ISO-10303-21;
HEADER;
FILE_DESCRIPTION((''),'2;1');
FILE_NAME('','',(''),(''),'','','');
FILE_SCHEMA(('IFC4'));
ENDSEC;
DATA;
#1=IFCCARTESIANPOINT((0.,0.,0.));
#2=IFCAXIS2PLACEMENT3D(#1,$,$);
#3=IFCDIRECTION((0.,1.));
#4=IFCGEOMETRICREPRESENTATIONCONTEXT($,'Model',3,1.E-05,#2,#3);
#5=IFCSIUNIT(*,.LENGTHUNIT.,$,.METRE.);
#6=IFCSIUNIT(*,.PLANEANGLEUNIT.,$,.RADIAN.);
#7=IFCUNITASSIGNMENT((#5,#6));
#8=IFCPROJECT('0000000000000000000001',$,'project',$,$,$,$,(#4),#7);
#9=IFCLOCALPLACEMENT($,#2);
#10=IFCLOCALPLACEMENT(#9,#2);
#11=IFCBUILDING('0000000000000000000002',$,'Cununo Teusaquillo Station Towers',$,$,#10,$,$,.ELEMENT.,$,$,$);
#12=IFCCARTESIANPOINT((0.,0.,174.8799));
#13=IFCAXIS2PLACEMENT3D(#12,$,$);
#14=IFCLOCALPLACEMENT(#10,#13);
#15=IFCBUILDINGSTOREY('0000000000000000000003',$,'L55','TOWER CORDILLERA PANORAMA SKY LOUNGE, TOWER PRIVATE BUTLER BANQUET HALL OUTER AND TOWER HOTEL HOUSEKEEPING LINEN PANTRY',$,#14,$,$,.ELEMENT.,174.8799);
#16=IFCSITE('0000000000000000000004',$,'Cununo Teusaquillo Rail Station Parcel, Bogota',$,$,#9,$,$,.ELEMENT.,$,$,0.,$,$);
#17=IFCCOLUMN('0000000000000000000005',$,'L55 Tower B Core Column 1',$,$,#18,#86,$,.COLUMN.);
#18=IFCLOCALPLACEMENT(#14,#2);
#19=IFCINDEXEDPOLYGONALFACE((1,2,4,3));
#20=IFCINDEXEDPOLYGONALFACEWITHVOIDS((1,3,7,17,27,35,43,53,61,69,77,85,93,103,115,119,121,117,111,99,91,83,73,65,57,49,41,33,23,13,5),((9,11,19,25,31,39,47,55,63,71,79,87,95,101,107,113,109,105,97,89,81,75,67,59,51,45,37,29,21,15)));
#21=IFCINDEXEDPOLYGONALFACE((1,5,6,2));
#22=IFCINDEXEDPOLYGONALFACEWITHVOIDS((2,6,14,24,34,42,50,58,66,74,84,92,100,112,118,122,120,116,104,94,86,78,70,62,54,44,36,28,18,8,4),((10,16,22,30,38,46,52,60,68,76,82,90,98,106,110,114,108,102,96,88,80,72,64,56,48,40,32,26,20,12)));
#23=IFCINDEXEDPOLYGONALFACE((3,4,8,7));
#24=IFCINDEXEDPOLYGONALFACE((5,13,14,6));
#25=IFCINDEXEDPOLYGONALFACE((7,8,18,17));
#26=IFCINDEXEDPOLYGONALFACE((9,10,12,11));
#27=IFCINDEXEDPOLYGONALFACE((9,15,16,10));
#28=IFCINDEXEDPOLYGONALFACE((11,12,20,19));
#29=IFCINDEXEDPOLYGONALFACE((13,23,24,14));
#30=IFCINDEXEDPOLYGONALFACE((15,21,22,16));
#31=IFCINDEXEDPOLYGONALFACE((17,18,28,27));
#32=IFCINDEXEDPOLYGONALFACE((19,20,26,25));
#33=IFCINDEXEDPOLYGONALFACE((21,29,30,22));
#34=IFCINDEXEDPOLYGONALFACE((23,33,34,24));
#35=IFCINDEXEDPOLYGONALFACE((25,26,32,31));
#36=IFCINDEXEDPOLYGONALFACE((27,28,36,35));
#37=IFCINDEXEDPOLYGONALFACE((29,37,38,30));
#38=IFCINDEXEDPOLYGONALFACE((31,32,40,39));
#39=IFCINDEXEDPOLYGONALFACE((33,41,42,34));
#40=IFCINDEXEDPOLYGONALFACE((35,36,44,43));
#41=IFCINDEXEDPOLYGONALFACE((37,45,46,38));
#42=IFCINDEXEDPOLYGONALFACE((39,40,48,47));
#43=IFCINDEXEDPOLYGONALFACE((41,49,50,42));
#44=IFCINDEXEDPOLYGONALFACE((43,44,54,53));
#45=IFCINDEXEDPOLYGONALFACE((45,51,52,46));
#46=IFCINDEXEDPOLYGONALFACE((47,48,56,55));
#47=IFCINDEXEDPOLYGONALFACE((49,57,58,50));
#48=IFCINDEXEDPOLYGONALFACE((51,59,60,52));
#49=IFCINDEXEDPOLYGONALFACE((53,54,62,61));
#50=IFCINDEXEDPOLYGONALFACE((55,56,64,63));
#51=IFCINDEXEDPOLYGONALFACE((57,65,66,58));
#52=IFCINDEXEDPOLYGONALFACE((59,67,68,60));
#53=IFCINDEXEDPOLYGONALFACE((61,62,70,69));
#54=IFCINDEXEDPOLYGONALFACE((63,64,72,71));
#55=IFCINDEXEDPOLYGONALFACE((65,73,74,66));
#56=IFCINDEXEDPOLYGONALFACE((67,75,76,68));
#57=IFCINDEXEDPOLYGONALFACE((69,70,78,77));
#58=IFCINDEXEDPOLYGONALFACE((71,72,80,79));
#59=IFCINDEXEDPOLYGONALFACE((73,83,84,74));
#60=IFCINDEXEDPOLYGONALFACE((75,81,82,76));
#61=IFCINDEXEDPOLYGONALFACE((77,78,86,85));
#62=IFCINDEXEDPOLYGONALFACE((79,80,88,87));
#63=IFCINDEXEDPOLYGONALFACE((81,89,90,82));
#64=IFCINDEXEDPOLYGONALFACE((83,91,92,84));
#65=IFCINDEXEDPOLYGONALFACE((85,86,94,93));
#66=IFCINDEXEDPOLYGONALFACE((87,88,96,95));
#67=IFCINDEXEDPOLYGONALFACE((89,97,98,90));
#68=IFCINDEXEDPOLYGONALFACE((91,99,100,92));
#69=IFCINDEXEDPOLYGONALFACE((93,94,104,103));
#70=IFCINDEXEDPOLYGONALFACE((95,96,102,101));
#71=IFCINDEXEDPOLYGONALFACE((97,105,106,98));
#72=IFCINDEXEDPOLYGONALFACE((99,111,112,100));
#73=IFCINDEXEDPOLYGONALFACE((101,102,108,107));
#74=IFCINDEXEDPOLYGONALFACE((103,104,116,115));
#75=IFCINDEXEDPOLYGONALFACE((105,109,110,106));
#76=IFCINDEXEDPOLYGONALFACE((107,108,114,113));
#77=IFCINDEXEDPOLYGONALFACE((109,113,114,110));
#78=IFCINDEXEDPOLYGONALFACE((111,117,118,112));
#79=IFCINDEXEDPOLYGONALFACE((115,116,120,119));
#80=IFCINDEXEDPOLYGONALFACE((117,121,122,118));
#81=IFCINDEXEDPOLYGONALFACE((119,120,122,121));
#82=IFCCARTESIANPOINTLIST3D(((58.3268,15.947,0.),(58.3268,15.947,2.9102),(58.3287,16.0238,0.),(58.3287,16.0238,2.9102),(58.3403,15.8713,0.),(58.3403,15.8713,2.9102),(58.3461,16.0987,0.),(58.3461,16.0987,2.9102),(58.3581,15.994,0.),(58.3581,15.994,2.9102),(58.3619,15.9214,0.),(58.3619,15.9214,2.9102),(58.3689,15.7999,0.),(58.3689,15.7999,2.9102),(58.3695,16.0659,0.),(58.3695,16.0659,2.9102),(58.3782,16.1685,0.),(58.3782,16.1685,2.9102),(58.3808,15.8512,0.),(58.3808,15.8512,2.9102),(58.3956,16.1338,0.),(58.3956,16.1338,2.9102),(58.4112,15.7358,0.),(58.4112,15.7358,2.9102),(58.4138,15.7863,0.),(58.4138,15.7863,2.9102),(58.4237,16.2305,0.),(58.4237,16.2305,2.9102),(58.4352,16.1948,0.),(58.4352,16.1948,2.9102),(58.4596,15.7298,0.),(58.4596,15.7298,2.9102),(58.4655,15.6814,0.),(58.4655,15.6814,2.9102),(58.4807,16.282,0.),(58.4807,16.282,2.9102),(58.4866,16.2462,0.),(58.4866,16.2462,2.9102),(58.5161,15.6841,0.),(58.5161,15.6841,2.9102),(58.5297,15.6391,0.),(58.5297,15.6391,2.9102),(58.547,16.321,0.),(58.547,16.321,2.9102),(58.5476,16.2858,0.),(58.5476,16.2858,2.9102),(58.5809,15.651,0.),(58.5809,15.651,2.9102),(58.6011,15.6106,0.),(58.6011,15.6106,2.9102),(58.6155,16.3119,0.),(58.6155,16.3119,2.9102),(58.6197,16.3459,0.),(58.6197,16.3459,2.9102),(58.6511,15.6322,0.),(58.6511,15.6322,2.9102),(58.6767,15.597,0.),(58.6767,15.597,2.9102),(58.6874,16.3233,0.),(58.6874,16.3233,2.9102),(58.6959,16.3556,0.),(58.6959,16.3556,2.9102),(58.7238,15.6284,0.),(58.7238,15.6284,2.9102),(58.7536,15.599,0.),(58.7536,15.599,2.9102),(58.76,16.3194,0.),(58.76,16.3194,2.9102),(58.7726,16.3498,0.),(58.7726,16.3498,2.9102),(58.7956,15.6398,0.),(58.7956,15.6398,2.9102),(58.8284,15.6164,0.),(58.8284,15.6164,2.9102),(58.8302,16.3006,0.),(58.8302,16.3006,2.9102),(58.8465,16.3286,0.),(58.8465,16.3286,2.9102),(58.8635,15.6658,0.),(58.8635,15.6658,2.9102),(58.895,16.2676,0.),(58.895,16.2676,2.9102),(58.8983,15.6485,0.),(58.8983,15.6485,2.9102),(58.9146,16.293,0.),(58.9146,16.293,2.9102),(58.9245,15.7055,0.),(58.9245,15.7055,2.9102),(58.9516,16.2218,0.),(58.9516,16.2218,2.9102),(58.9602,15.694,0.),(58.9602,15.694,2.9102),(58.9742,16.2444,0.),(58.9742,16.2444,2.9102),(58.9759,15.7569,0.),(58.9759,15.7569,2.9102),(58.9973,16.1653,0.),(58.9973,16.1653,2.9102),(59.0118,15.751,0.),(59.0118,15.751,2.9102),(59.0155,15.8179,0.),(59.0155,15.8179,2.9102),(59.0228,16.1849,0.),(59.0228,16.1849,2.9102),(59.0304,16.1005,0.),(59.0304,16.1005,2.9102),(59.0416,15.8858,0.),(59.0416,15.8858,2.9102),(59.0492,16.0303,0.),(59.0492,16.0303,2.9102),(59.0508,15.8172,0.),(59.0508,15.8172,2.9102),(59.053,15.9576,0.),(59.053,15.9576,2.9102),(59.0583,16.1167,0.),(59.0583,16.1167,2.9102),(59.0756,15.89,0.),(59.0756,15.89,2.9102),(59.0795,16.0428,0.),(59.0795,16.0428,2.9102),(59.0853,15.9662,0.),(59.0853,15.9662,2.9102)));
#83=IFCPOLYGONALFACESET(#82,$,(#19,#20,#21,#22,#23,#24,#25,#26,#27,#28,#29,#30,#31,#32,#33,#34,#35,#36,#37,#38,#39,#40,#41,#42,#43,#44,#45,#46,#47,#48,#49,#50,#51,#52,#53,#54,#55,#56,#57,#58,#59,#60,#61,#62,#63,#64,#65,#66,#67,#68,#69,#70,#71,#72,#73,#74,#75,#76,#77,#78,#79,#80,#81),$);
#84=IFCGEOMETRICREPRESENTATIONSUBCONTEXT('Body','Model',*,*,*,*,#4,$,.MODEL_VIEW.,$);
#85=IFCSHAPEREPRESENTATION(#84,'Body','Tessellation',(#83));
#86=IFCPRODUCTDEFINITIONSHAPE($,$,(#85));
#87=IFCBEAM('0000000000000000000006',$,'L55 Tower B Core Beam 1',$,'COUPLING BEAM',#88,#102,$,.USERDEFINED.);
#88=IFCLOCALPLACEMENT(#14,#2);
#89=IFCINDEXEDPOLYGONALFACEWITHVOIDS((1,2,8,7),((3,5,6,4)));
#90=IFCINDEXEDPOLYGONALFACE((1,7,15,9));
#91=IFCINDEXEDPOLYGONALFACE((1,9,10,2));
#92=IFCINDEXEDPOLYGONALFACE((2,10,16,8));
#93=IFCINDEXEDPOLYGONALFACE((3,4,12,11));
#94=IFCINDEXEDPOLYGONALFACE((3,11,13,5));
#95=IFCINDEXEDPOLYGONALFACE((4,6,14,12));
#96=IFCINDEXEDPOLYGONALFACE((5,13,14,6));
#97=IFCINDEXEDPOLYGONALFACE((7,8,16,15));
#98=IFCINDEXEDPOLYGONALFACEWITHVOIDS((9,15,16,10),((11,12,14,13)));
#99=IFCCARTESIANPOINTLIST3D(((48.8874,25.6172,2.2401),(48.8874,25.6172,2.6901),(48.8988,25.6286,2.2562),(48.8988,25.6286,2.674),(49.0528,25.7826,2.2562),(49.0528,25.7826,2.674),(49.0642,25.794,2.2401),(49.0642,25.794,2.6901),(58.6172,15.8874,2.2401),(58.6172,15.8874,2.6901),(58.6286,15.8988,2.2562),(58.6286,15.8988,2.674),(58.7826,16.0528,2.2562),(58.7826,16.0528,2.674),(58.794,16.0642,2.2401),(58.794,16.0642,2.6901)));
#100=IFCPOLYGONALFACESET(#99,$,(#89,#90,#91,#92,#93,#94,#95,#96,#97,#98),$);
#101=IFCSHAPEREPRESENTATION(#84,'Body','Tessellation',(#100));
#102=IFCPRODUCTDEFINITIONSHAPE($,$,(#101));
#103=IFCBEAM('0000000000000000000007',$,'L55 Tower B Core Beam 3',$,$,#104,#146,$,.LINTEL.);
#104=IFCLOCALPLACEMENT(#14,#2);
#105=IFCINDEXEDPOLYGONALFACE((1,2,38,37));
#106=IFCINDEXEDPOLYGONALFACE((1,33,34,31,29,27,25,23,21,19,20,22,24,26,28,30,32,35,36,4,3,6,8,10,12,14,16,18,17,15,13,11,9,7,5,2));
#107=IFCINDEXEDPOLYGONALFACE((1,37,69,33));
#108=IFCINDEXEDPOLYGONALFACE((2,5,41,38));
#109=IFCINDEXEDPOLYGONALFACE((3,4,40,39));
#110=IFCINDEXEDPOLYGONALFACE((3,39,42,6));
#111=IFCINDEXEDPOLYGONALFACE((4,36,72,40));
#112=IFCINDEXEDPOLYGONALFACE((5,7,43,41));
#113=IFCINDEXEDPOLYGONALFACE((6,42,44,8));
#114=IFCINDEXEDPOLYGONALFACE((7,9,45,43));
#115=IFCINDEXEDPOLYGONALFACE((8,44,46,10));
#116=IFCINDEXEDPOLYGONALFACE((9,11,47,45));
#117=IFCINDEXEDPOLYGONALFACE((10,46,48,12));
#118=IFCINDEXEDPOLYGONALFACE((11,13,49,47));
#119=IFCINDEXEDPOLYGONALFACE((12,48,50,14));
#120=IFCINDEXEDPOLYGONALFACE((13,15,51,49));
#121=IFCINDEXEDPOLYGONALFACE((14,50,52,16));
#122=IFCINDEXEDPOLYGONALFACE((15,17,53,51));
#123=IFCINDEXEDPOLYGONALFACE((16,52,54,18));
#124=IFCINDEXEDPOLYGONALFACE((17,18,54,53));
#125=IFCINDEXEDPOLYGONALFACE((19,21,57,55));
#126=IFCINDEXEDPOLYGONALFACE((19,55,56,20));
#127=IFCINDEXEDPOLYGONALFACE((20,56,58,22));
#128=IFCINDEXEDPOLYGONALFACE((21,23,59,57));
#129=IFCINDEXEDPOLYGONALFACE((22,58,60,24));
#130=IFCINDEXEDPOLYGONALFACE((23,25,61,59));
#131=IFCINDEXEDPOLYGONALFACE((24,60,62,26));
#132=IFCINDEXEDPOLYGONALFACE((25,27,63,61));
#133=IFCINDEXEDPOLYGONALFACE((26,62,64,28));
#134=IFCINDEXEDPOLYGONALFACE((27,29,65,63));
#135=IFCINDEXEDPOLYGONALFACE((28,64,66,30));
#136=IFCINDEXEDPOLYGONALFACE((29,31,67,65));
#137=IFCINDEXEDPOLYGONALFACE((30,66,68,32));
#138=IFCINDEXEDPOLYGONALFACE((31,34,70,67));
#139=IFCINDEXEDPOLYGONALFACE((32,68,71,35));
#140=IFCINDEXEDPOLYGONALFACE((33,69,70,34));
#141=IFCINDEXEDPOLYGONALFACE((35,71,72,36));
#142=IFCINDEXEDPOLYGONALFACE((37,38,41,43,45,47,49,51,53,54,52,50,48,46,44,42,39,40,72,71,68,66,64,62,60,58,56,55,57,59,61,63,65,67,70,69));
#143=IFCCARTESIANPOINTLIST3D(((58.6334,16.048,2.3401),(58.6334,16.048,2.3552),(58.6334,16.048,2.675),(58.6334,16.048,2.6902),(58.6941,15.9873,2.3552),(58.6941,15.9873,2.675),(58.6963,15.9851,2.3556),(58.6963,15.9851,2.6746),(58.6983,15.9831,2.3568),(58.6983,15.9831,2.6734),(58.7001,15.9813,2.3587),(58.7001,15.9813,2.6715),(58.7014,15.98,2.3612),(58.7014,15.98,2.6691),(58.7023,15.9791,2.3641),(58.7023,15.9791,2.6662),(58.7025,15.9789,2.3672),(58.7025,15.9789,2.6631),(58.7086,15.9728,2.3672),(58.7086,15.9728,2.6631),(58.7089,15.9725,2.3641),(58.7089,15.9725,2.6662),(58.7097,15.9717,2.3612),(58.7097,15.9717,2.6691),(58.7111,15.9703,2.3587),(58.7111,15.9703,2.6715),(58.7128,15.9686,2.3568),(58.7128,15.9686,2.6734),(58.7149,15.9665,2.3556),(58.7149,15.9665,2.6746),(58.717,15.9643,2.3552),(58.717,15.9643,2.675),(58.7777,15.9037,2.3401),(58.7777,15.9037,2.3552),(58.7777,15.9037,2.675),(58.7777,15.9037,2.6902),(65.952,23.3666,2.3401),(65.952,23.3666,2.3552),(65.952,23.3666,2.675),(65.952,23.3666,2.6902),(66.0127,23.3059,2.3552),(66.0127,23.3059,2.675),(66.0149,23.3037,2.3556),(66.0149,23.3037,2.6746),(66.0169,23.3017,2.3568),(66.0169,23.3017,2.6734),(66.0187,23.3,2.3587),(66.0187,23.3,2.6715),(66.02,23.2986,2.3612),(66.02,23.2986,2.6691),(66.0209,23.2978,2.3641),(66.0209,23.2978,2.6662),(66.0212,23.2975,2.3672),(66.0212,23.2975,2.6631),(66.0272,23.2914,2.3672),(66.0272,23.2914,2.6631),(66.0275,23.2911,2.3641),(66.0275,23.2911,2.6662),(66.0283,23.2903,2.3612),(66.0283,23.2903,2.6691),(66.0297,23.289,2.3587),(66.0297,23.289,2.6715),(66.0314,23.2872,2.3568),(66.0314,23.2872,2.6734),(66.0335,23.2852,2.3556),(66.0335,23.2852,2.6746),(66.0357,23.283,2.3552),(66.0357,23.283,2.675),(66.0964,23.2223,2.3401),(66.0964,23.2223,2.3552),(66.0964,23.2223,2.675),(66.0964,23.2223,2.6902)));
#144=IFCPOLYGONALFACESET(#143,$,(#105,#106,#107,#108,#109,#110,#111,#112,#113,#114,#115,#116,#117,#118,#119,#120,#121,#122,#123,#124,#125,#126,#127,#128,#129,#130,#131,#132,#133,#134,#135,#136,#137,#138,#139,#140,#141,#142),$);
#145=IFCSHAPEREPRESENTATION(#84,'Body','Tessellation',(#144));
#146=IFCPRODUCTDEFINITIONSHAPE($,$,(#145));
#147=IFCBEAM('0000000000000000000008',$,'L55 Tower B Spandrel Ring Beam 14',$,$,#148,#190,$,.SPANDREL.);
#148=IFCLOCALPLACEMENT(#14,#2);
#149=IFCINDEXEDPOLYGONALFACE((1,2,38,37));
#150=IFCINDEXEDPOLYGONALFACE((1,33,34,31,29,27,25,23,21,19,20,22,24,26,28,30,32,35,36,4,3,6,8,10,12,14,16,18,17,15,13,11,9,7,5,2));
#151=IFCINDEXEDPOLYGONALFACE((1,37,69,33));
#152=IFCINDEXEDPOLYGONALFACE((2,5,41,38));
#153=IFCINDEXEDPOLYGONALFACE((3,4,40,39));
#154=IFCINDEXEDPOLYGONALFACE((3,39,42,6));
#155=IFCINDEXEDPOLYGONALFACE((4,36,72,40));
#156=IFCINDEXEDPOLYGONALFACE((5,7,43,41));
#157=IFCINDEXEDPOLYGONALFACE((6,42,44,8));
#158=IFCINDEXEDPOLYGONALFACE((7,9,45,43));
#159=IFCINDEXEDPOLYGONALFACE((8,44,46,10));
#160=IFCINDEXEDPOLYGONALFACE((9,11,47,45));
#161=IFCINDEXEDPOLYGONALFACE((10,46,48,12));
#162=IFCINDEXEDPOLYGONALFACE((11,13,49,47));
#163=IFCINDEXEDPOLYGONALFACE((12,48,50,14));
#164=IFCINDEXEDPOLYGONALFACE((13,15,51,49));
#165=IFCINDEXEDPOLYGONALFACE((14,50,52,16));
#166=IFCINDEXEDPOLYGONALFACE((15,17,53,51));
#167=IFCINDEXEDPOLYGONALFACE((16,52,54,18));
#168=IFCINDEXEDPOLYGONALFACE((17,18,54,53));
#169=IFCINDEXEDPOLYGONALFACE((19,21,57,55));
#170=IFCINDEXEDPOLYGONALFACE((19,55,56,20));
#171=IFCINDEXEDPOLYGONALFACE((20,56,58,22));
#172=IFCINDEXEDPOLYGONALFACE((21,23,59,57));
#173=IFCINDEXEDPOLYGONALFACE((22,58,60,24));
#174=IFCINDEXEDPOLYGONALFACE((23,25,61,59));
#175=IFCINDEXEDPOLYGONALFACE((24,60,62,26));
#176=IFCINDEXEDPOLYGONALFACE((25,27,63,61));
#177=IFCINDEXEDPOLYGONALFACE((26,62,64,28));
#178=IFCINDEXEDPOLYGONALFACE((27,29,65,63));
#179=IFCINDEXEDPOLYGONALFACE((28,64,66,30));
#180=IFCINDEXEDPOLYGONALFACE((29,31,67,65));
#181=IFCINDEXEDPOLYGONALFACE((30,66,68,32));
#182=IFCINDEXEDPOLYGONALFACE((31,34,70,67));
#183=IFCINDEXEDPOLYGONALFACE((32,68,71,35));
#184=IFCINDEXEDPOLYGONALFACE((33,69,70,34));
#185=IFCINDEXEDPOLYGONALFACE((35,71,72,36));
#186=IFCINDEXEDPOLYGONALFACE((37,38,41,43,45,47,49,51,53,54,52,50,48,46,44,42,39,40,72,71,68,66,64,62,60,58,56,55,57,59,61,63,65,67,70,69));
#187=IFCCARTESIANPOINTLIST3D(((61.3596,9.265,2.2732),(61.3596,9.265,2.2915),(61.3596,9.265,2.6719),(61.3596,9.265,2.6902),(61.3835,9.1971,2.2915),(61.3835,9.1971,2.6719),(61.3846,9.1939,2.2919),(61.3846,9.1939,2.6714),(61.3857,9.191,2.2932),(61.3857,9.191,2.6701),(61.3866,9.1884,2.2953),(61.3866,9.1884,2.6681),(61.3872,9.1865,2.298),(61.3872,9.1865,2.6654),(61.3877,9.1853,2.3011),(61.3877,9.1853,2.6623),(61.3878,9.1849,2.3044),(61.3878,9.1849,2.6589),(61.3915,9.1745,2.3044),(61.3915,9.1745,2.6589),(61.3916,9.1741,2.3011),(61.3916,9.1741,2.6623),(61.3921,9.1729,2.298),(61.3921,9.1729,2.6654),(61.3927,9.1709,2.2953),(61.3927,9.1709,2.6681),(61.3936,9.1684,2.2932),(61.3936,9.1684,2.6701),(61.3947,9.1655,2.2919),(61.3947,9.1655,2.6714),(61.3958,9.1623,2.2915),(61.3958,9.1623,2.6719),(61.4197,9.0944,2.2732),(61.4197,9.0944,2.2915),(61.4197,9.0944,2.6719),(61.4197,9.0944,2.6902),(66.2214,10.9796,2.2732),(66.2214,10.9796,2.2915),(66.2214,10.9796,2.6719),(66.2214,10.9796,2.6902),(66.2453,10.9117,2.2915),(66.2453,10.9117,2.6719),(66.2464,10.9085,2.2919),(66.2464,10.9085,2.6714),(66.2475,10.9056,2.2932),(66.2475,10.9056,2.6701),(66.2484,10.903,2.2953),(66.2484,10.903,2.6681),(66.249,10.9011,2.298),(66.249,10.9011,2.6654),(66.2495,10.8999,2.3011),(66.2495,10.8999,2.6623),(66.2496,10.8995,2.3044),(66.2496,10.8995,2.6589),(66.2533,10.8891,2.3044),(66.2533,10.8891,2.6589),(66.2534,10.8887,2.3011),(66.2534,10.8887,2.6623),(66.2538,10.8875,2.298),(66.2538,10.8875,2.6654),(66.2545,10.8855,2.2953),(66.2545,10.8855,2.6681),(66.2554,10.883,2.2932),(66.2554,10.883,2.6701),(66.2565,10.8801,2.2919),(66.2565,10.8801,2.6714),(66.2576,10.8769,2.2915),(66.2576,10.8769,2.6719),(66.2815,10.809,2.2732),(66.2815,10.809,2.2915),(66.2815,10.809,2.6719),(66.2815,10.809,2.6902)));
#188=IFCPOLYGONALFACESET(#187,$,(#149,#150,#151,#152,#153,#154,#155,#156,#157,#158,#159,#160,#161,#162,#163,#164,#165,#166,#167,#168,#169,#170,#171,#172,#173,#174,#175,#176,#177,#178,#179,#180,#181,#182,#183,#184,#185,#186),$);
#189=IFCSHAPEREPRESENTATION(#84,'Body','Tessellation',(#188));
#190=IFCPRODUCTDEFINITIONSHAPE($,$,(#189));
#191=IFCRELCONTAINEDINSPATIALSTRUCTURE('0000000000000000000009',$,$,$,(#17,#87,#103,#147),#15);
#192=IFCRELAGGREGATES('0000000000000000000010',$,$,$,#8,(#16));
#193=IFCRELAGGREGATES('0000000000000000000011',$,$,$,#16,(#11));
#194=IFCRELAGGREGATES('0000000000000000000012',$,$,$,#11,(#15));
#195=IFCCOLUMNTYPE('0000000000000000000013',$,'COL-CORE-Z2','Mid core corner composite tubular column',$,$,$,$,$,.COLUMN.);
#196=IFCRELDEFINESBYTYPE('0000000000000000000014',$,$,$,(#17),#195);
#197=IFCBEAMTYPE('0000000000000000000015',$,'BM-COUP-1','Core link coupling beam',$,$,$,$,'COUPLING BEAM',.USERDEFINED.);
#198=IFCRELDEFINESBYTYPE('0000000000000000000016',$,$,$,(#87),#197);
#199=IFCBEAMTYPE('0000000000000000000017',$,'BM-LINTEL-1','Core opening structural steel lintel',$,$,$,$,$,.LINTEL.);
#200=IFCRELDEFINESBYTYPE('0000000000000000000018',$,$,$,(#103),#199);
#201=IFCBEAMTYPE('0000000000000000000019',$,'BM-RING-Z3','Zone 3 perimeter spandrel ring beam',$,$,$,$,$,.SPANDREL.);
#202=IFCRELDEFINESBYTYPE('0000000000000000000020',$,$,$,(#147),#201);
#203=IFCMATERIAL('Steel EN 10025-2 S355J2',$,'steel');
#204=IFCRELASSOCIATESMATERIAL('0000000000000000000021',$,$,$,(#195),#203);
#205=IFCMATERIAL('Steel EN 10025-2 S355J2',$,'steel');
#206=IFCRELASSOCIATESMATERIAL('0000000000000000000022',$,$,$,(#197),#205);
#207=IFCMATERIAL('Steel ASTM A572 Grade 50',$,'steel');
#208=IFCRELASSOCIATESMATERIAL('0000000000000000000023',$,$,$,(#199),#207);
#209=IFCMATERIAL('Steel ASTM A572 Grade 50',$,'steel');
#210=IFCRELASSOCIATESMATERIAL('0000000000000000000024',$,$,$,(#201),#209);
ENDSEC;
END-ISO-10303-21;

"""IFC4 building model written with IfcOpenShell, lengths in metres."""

from ifc_helpers import new_model, si_unit, direction, frame, origin, origin_2d, place, context, subcontext, project, spatial, hollow_rectangle, hollow_circle, i_section, extrude, material, material_profile, profile_set, type_object, element, save


model = new_model("IFC4")

# Units and contexts
model_context = context("Model", 3, precision=1e-05, world=origin(), true_north=direction((0.0, 1.0)))
body_context = subcontext(model_context, "Body", "Model", "MODEL_VIEW")
ifc_project = project(units=[si_unit("LENGTHUNIT", "METRE"), si_unit("PLANEANGLEUNIT", "RADIAN")], contexts=[model_context])

# Site, building, storey
site_placement = place(None, origin())
site = spatial("IfcSite", under=ifc_project, at=site_placement, Name="Cununo Teusaquillo Rail Station Parcel, Bogota", CompositionType="ELEMENT", RefElevation=0.0)
building_placement = place(site_placement, origin())
building = spatial("IfcBuilding", under=site, at=building_placement, Name="Cununo Teusaquillo Station Towers", CompositionType="ELEMENT")
storey_placement = place(building_placement, frame((0.0, 0.0, 174.8799)))
storey = spatial("IfcBuildingStorey", under=building, at=storey_placement, Name="L55", Description="TOWER CORDILLERA PANORAMA SKY LOUNGE, TOWER PRIVATE BUTLER BANQUET HALL OUTER AND TOWER HOTEL HOUSEKEEPING LINEN PANTRY", CompositionType="ELEMENT", Elevation=174.8799)

# Column
ifc_material_1 = material(Name="Steel EN 10025-2 S355J2", Category="steel")
ifc_material_profile_1 = material_profile(ifc_material_1, hollow_circle(Radius=0.3799, WallThickness=0.032, at=origin_2d()), Name="CHS 760x32")
ifc_profile_set_1 = profile_set([ifc_material_profile_1], Name="Steel EN 10025-2 S355J2")
column_type = type_object("IfcColumnType", Name="COL-CORE-Z2", Description="Mid core corner composite tubular column", PredefinedType="COLUMN", material=ifc_profile_set_1)
column_placement = place(storey_placement, frame((58.7056, 15.9758, 0.0), z_axis=(0.0, 0.0, 1.0), x_axis=(0.707107, 0.707107, 0.0)))
element("IfcColumn", 1, at=column_placement, inside=storey, type_object=column_type, Name="L55 Tower B Core Column 1", PredefinedType="COLUMN", context=body_context, shape_type="SweptSolid", body=[
    extrude(hollow_circle(Radius=0.3799, WallThickness=0.032, at=origin_2d()), origin(), (0.0, 0.0, 1.0), 2.9102),
])

# Beams
ifc_material_2 = material(Name="Steel EN 10025-2 S355J2", Category="steel")
ifc_material_profile_2 = material_profile(ifc_material_2, hollow_rectangle(XDim=0.25, YDim=0.45, WallThickness=0.0161, at=origin_2d()), Name="RHS 450x250x16")
ifc_profile_set_2 = profile_set([ifc_material_profile_2], Name="Steel EN 10025-2 S355J2")
beam_type_1 = type_object("IfcBeamType", Name="BM-COUP-1", Description="Core link coupling beam", ElementType="COUPLING BEAM", PredefinedType="USERDEFINED", material=ifc_profile_set_2)
beam_1_placement = place(storey_placement, frame((58.7056, 15.9758, 2.4651), z_axis=(-0.707107, 0.707107, 0.0), x_axis=(-0.707107, -0.707107, 0.0)))
element("IfcBeam", 2, at=beam_1_placement, inside=storey, type_object=beam_type_1, Name="L55 Tower B Core Beam 1", ObjectType="COUPLING BEAM", PredefinedType="USERDEFINED", context=body_context, shape_type="SweptSolid", body=[
    extrude(hollow_rectangle(XDim=0.25, YDim=0.45, WallThickness=0.0161, at=origin_2d()), origin(), (0.0, 0.0, 1.0), 13.76),
])
ifc_material_3 = material(Name="Steel ASTM A572 Grade 50", Category="steel")
ifc_material_profile_3 = material_profile(ifc_material_3, i_section(OverallWidth=0.2041, OverallDepth=0.3501, WebThickness=0.0085, FlangeThickness=0.0151, FilletRadius=0.012, at=origin_2d()), Name="W14X48")
ifc_profile_set_3 = profile_set([ifc_material_profile_3], Name="Steel ASTM A572 Grade 50")
beam_type_2 = type_object("IfcBeamType", Name="BM-LINTEL-1", Description="Core opening structural steel lintel", PredefinedType="LINTEL", material=ifc_profile_set_3)
beam_2_placement = place(storey_placement, frame((58.7056, 15.9758, 2.5151), z_axis=(0.707107, 0.707107, 0.0), x_axis=(-0.707107, 0.707107, 0.0)))
element("IfcBeam", 3, at=beam_2_placement, inside=storey, type_object=beam_type_2, Name="L55 Tower B Core Beam 3", PredefinedType="LINTEL", context=body_context, shape_type="SweptSolid", body=[
    extrude(i_section(OverallWidth=0.2041, OverallDepth=0.3501, WebThickness=0.0085, FlangeThickness=0.0151, FilletRadius=0.012, at=origin_2d()), origin(), (0.0, 0.0, 1.0), 10.3501),
])
ifc_material_4 = material(Name="Steel ASTM A572 Grade 50", Category="steel")
ifc_material_profile_4 = material_profile(ifc_material_4, i_section(OverallWidth=0.1809, OverallDepth=0.417, WebThickness=0.011, FlangeThickness=0.0183, FilletRadius=0.0129, at=origin_2d()), Name="W16X57")
ifc_profile_set_4 = profile_set([ifc_material_profile_4], Name="Steel ASTM A572 Grade 50")
beam_type_3 = type_object("IfcBeamType", Name="BM-RING-Z3", Description="Zone 3 perimeter spandrel ring beam", PredefinedType="SPANDREL", material=ifc_profile_set_4)
beam_3_placement = place(storey_placement, frame((61.3896, 9.1797, 2.4817), z_axis=(0.943072, 0.33259, 0.0), x_axis=(-0.33259, 0.943072, 0.0)))
element("IfcBeam", 4, at=beam_3_placement, inside=storey, type_object=beam_type_3, Name="L55 Tower B Spandrel Ring Beam 14", PredefinedType="SPANDREL", context=body_context, shape_type="SweptSolid", body=[
    extrude(i_section(OverallWidth=0.1809, OverallDepth=0.417, WebThickness=0.011, FlangeThickness=0.0183, FilletRadius=0.0129, at=origin_2d()), origin(), (0.0, 0.0, 1.0), 5.1553),
])

save(model, "model.ifc")
